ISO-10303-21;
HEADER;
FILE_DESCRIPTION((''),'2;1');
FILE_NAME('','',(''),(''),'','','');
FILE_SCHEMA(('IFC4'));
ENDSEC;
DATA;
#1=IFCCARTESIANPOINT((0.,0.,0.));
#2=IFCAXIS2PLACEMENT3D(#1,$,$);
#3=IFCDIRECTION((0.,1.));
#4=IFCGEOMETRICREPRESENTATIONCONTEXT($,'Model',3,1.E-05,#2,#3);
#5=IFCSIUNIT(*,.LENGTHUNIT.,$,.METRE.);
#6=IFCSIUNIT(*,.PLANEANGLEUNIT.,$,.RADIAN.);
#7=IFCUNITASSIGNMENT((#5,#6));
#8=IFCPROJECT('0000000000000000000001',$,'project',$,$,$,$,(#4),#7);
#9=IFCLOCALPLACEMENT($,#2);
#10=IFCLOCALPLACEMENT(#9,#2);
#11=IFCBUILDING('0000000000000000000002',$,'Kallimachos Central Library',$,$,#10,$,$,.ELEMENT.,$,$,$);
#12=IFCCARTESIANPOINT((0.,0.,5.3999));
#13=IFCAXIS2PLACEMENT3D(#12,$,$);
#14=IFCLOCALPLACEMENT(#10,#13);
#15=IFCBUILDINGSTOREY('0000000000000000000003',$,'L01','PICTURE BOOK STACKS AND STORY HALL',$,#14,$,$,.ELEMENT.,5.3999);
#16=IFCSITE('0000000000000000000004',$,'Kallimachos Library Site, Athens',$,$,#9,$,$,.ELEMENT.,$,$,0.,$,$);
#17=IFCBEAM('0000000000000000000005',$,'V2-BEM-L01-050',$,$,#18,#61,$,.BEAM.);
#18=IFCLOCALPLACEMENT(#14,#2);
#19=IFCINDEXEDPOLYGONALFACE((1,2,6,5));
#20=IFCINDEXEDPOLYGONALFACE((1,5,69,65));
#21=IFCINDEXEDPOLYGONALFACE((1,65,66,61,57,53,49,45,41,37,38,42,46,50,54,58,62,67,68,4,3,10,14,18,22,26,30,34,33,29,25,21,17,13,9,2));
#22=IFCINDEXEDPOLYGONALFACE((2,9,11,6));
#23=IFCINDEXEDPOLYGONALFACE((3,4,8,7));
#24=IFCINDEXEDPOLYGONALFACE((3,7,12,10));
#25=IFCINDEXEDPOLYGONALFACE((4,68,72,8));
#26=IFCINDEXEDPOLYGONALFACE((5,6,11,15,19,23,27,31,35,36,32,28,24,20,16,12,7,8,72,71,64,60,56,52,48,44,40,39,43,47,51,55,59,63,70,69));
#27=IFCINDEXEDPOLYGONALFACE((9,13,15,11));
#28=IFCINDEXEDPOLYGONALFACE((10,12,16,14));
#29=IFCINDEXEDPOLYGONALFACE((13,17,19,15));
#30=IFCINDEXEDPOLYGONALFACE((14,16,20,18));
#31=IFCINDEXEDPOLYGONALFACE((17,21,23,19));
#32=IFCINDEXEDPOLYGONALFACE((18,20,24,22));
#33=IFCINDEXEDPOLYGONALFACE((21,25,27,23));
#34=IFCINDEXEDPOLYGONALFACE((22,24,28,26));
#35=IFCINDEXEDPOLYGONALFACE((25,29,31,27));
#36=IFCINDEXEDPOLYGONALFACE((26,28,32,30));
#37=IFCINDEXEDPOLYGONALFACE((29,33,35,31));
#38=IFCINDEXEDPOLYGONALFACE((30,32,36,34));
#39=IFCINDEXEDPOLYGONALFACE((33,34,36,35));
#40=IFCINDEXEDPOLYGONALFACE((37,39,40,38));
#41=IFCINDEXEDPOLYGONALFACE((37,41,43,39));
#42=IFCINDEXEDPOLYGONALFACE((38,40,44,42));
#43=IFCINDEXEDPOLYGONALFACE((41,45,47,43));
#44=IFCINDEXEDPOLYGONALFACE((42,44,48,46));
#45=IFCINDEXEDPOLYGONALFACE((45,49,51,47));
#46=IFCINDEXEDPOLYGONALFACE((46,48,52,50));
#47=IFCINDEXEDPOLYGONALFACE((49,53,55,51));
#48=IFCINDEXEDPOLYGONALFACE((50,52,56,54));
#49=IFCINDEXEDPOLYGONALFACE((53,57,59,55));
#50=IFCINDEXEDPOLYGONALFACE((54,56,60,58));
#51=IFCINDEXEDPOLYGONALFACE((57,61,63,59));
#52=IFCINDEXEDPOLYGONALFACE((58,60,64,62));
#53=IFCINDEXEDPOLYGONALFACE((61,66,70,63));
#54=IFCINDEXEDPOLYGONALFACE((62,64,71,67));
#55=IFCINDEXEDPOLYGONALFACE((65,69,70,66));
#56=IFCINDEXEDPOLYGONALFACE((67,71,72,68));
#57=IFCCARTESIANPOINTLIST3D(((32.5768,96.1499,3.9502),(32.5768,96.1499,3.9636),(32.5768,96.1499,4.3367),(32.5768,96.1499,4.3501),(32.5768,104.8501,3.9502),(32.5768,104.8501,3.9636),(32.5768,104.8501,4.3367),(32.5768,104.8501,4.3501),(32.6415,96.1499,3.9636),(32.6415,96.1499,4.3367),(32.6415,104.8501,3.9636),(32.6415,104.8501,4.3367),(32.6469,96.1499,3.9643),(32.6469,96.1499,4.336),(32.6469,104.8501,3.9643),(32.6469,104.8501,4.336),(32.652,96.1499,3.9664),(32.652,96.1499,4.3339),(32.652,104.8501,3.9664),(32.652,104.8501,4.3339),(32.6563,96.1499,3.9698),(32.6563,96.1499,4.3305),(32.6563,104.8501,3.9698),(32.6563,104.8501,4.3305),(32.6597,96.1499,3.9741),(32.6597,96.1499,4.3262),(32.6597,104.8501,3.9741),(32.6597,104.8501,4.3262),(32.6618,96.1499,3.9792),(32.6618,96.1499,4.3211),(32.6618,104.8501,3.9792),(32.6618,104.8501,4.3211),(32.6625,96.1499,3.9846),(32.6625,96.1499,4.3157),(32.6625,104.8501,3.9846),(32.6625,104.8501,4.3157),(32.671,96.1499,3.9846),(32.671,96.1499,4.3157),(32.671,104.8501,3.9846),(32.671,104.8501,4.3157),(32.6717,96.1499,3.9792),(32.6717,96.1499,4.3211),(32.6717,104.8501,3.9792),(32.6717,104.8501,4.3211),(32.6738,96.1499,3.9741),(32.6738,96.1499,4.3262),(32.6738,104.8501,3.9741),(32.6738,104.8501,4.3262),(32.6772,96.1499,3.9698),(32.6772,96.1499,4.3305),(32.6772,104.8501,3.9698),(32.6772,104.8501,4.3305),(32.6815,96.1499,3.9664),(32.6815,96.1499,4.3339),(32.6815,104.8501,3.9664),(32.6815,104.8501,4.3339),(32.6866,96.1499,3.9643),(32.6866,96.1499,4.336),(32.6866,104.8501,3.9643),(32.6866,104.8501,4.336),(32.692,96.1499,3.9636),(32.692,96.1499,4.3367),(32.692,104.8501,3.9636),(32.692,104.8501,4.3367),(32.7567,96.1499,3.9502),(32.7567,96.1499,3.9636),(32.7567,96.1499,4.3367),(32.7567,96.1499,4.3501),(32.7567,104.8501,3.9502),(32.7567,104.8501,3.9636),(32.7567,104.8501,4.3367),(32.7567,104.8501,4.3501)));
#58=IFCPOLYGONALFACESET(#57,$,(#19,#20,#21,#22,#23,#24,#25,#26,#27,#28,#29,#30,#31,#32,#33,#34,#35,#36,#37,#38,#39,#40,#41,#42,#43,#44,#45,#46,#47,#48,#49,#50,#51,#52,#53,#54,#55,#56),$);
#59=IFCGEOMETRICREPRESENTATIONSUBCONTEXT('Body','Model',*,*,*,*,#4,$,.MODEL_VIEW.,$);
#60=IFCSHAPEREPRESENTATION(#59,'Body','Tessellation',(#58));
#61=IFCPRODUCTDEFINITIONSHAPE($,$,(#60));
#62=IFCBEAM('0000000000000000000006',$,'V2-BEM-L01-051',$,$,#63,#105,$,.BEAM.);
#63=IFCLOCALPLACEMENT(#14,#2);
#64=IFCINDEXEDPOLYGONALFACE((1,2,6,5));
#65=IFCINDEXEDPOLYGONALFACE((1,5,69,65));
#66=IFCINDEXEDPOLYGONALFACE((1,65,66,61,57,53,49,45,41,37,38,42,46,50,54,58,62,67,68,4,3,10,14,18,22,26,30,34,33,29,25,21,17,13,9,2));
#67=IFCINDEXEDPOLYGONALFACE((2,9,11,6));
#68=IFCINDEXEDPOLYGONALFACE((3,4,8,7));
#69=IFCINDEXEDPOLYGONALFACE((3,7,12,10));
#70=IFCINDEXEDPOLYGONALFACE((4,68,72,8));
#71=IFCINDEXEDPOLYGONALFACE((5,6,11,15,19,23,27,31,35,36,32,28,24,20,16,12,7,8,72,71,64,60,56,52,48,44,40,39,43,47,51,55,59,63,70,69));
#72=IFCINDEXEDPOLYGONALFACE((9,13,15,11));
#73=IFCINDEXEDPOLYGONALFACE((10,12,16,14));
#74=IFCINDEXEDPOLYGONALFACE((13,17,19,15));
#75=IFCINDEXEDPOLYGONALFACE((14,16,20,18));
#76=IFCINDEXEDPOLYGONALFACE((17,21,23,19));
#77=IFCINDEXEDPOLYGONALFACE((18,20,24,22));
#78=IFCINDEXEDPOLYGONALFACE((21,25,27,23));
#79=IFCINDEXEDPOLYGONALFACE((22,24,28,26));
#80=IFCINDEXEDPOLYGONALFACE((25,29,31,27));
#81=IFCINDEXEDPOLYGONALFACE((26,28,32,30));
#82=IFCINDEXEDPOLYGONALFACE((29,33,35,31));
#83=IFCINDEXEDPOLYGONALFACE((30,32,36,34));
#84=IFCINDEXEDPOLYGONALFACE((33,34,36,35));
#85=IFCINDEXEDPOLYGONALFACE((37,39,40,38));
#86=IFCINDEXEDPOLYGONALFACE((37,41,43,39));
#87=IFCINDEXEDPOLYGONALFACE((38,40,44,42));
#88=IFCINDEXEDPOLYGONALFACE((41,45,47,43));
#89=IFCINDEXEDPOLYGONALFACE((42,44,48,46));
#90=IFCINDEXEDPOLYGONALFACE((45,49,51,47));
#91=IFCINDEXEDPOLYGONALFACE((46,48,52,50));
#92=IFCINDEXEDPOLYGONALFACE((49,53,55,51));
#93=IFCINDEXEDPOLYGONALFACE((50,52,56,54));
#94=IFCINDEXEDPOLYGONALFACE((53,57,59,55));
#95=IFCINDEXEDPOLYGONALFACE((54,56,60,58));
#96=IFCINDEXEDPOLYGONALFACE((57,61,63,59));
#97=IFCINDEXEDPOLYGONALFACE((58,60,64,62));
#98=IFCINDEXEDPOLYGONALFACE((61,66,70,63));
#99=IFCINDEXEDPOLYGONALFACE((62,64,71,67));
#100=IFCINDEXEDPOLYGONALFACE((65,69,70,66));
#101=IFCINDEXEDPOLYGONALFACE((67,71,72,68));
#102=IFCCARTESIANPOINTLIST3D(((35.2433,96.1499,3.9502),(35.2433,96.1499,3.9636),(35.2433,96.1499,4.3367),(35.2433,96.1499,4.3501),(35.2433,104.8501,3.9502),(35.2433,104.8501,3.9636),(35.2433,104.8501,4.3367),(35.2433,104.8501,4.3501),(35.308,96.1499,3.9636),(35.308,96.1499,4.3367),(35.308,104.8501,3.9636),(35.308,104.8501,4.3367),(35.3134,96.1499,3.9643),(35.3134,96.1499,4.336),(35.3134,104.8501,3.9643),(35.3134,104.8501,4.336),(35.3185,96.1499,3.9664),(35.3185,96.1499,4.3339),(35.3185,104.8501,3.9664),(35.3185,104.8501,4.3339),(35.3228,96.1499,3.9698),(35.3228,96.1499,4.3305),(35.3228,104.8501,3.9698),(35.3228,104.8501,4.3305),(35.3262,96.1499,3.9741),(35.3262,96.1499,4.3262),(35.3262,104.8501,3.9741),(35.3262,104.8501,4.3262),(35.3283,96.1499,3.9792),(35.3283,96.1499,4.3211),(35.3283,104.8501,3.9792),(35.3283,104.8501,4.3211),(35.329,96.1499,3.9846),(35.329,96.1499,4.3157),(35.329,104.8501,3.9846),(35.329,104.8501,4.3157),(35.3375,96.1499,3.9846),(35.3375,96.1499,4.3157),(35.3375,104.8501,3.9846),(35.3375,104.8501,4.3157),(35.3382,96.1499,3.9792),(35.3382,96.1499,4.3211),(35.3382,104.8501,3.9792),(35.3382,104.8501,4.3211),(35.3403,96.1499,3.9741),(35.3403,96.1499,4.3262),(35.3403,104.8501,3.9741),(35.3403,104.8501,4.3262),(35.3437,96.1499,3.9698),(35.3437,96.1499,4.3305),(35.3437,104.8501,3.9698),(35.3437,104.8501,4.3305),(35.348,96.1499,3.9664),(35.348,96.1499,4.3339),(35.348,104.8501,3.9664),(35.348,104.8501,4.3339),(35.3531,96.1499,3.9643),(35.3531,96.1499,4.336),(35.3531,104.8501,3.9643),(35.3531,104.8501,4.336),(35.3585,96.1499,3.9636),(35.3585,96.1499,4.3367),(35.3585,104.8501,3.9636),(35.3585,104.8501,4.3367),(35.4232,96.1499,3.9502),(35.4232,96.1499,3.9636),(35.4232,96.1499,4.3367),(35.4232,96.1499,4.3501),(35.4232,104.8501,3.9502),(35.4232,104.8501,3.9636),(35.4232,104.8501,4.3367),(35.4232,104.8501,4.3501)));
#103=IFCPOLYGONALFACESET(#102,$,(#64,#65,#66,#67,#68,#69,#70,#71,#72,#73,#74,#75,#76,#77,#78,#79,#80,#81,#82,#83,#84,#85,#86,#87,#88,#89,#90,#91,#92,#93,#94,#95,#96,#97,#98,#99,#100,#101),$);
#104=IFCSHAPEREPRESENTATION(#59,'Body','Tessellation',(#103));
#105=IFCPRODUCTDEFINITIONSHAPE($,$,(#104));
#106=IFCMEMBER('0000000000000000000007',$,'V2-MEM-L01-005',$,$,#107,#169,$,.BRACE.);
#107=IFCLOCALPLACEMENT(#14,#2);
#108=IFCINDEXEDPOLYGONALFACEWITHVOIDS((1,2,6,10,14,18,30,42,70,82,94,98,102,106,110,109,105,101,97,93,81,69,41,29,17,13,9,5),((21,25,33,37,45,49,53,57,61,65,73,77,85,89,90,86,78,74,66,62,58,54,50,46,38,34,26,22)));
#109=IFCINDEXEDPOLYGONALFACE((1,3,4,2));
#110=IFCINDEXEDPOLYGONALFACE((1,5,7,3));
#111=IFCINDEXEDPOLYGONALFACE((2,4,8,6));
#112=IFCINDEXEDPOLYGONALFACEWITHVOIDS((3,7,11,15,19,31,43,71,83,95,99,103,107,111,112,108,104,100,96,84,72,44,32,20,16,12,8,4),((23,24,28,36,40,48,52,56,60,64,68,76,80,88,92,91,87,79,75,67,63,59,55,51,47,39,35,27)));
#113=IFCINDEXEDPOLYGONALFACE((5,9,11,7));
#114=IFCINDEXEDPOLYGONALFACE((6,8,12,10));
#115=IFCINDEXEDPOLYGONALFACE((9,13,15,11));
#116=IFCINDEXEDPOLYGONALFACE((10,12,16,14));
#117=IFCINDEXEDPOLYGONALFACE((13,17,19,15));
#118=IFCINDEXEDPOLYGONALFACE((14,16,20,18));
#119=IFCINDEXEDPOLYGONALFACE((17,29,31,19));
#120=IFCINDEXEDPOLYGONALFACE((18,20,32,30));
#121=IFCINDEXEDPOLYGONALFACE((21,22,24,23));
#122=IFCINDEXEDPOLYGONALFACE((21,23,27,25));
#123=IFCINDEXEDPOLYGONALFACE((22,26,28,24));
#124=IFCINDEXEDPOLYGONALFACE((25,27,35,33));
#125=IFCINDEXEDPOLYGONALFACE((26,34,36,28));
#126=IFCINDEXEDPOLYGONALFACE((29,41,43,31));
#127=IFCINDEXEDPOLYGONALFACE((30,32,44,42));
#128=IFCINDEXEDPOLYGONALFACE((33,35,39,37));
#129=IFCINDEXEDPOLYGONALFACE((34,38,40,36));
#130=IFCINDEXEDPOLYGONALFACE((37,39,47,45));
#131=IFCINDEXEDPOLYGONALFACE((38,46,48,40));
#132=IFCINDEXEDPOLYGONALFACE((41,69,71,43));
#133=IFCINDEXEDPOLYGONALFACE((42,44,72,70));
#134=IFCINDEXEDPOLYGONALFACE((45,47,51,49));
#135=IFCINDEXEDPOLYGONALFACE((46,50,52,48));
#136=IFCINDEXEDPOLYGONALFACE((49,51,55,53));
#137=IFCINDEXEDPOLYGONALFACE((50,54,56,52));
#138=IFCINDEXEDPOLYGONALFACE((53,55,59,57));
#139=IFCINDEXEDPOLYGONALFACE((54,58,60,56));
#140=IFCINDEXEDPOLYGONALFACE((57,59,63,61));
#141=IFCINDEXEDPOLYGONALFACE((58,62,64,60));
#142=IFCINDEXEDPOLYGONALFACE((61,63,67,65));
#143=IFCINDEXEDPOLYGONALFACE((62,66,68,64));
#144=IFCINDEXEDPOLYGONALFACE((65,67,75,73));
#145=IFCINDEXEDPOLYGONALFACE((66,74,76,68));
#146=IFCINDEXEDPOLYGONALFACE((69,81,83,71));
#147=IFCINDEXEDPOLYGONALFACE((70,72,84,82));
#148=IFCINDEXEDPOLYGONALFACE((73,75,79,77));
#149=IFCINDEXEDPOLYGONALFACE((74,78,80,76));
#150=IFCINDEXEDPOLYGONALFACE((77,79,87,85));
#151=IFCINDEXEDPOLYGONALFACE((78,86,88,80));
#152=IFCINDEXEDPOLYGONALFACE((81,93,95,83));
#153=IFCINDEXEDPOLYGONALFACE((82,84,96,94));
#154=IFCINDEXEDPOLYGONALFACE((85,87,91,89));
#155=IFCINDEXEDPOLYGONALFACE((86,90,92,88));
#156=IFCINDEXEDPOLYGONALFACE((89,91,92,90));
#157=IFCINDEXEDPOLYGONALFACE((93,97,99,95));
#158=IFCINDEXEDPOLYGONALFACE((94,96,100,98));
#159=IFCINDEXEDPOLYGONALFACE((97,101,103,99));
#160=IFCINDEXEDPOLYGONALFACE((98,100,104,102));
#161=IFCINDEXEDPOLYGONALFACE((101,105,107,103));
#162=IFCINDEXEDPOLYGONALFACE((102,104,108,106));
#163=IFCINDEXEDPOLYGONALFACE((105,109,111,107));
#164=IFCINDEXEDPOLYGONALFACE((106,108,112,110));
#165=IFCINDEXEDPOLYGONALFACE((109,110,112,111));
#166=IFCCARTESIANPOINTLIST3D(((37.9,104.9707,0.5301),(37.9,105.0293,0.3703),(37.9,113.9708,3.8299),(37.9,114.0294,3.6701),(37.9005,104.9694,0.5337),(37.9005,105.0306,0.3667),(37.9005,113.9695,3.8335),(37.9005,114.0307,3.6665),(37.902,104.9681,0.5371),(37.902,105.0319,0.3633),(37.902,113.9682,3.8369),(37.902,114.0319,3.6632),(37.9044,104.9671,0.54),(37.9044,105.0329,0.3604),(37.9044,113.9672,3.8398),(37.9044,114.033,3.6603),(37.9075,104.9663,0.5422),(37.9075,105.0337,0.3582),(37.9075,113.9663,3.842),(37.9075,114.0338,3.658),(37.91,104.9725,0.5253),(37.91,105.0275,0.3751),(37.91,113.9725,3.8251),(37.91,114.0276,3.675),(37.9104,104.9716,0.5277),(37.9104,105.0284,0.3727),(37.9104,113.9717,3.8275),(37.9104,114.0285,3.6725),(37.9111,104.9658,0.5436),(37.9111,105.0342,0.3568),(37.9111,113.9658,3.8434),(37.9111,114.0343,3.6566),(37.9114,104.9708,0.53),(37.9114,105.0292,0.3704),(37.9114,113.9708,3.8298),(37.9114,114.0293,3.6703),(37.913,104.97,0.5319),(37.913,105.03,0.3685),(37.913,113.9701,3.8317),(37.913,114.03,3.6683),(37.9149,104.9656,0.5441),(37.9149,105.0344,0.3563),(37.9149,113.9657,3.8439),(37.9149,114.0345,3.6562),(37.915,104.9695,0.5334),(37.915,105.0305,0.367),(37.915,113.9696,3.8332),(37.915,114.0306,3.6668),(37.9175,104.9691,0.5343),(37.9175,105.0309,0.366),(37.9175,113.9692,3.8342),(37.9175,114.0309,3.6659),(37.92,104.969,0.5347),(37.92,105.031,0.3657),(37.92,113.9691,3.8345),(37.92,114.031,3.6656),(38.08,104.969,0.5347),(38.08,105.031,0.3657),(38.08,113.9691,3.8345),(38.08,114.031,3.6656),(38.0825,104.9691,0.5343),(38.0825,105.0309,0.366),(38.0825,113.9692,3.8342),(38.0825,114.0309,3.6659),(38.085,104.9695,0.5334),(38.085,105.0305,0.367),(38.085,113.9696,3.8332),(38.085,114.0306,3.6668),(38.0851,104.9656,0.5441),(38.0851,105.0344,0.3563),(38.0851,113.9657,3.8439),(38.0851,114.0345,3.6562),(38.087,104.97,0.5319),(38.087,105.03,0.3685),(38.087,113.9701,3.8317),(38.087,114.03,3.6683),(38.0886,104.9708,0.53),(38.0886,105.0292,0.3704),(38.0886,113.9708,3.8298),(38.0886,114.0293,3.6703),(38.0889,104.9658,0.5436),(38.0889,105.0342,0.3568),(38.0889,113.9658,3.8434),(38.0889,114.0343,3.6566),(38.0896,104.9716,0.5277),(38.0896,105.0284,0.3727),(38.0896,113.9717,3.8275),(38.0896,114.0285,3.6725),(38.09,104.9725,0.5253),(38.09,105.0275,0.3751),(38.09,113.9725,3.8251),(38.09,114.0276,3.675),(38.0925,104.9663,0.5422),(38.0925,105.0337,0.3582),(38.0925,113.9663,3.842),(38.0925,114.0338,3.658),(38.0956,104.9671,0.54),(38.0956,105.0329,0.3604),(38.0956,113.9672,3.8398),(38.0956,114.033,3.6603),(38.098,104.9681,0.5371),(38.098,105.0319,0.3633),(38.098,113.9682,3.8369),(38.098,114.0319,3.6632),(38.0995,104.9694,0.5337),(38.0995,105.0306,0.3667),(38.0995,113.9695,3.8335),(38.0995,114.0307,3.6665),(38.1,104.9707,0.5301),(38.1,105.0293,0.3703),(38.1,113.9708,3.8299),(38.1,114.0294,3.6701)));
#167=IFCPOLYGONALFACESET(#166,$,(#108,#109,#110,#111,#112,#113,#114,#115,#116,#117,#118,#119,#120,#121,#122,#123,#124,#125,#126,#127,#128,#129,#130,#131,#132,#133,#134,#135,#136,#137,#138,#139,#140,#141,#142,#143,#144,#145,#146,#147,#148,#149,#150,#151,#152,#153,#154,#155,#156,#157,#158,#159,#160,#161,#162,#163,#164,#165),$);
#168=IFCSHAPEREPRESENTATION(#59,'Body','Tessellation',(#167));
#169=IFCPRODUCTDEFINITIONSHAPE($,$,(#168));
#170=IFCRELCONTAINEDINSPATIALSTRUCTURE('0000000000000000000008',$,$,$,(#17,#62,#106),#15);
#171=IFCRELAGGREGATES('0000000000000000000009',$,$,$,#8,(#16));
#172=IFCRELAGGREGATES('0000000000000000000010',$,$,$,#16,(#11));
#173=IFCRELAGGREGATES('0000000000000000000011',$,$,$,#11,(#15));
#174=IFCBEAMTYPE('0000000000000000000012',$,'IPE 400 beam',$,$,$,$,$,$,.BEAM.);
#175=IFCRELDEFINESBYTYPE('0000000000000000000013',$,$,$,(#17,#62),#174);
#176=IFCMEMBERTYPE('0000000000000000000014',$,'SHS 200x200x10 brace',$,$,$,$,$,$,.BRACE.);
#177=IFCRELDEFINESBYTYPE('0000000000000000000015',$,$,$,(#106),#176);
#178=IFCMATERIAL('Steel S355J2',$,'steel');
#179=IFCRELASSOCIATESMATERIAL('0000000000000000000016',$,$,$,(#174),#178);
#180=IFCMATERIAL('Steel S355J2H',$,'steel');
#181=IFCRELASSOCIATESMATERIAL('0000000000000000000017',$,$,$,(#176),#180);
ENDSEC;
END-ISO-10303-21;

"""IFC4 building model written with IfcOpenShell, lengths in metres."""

from ifc_helpers import new_model, si_unit, direction, frame, origin, origin_2d, place, context, subcontext, project, spatial, hollow_rectangle, i_section, extrude, material, material_profile, profile_set, type_object, element, save


model = new_model("IFC4")

# Units and contexts
model_context = context("Model", 3, precision=1e-05, world=origin(), true_north=direction((0.0, 1.0)))
body_context = subcontext(model_context, "Body", "Model", "MODEL_VIEW")
ifc_project = project(units=[si_unit("LENGTHUNIT", "METRE"), si_unit("PLANEANGLEUNIT", "RADIAN")], contexts=[model_context])

# Site, building, storey
site_placement = place(None, origin())
site = spatial("IfcSite", under=ifc_project, at=site_placement, Name="Kallimachos Library Site, Athens", CompositionType="ELEMENT", RefElevation=0.0)
building_placement = place(site_placement, origin())
building = spatial("IfcBuilding", under=site, at=building_placement, Name="Kallimachos Central Library", CompositionType="ELEMENT")
storey_placement = place(building_placement, frame((0.0, 0.0, 5.3999)))
storey = spatial("IfcBuildingStorey", under=building, at=storey_placement, Name="L01", Description="PICTURE BOOK STACKS AND STORY HALL", CompositionType="ELEMENT", Elevation=5.3999)

# Beams
ifc_material_1 = material(Name="Steel S355J2", Category="steel")
ifc_material_profile_1 = material_profile(ifc_material_1, i_section(OverallWidth=0.1799, OverallDepth=0.3999, WebThickness=0.0085, FlangeThickness=0.0134, FilletRadius=0.021, at=origin_2d()), Name="IPE 400")
ifc_profile_set_1 = profile_set([ifc_material_profile_1], Name="Steel S355J2")
beam_type_1 = type_object("IfcBeamType", Name="IPE 400 beam", PredefinedType="BEAM", material=ifc_profile_set_1)
for number, where, z_axis, x_axis, name in (
    (1, (32.6667, 96.1499, 4.1501), (0.0, 1.0, 0.0), (-1.0, 0.0, 0.0), "V2-BEM-L01-050"),
    (2, (35.3333, 96.1499, 4.1501), (0.0, 1.0, 0.0), (-1.0, 0.0, 0.0), "V2-BEM-L01-051"),
):
    element("IfcBeam", number, at=place(storey_placement, frame(where, z_axis=z_axis, x_axis=x_axis)), inside=storey, type_object=beam_type_1, Name=name, PredefinedType="BEAM", context=body_context, shape_type="SweptSolid", body=[
        extrude(i_section(OverallWidth=0.1799, OverallDepth=0.3999, WebThickness=0.0085, FlangeThickness=0.0134, FilletRadius=0.021, at=origin_2d()), origin(), (0.0, 0.0, 1.0), 8.7002),
    ])

# Member
ifc_material_2 = material(Name="Steel S355J2H", Category="steel")
ifc_material_profile_2 = material_profile(ifc_material_2, hollow_rectangle(XDim=0.2, YDim=0.2, WallThickness=0.01, InnerFilletRadius=0.01, OuterFilletRadius=0.0149, at=origin_2d()), Name="SHS 200x200x10")
ifc_profile_set_2 = profile_set([ifc_material_profile_2], Name="Steel S355J2H")
member_type = type_object("IfcMemberType", Name="SHS 200x200x10 brace", PredefinedType="BRACE", material=ifc_profile_set_2)
for number, where, z_axis, x_axis, name in (
    (3, (38.0, 105.0, 0.4502), (0.0, 0.938883, 0.344237), (-1.0, 0.0, 0.0), "V2-MEM-L01-005"),
):
    element("IfcMember", number, at=place(storey_placement, frame(where, z_axis=z_axis, x_axis=x_axis)), inside=storey, type_object=member_type, Name=name, PredefinedType="BRACE", context=body_context, shape_type="SweptSolid", body=[
        extrude(hollow_rectangle(XDim=0.2, YDim=0.2, WallThickness=0.01, InnerFilletRadius=0.01, OuterFilletRadius=0.0149, at=origin_2d()), origin(), (0.0, 0.0, 1.0), 9.5859),
    ])

save(model, "model.ifc")
